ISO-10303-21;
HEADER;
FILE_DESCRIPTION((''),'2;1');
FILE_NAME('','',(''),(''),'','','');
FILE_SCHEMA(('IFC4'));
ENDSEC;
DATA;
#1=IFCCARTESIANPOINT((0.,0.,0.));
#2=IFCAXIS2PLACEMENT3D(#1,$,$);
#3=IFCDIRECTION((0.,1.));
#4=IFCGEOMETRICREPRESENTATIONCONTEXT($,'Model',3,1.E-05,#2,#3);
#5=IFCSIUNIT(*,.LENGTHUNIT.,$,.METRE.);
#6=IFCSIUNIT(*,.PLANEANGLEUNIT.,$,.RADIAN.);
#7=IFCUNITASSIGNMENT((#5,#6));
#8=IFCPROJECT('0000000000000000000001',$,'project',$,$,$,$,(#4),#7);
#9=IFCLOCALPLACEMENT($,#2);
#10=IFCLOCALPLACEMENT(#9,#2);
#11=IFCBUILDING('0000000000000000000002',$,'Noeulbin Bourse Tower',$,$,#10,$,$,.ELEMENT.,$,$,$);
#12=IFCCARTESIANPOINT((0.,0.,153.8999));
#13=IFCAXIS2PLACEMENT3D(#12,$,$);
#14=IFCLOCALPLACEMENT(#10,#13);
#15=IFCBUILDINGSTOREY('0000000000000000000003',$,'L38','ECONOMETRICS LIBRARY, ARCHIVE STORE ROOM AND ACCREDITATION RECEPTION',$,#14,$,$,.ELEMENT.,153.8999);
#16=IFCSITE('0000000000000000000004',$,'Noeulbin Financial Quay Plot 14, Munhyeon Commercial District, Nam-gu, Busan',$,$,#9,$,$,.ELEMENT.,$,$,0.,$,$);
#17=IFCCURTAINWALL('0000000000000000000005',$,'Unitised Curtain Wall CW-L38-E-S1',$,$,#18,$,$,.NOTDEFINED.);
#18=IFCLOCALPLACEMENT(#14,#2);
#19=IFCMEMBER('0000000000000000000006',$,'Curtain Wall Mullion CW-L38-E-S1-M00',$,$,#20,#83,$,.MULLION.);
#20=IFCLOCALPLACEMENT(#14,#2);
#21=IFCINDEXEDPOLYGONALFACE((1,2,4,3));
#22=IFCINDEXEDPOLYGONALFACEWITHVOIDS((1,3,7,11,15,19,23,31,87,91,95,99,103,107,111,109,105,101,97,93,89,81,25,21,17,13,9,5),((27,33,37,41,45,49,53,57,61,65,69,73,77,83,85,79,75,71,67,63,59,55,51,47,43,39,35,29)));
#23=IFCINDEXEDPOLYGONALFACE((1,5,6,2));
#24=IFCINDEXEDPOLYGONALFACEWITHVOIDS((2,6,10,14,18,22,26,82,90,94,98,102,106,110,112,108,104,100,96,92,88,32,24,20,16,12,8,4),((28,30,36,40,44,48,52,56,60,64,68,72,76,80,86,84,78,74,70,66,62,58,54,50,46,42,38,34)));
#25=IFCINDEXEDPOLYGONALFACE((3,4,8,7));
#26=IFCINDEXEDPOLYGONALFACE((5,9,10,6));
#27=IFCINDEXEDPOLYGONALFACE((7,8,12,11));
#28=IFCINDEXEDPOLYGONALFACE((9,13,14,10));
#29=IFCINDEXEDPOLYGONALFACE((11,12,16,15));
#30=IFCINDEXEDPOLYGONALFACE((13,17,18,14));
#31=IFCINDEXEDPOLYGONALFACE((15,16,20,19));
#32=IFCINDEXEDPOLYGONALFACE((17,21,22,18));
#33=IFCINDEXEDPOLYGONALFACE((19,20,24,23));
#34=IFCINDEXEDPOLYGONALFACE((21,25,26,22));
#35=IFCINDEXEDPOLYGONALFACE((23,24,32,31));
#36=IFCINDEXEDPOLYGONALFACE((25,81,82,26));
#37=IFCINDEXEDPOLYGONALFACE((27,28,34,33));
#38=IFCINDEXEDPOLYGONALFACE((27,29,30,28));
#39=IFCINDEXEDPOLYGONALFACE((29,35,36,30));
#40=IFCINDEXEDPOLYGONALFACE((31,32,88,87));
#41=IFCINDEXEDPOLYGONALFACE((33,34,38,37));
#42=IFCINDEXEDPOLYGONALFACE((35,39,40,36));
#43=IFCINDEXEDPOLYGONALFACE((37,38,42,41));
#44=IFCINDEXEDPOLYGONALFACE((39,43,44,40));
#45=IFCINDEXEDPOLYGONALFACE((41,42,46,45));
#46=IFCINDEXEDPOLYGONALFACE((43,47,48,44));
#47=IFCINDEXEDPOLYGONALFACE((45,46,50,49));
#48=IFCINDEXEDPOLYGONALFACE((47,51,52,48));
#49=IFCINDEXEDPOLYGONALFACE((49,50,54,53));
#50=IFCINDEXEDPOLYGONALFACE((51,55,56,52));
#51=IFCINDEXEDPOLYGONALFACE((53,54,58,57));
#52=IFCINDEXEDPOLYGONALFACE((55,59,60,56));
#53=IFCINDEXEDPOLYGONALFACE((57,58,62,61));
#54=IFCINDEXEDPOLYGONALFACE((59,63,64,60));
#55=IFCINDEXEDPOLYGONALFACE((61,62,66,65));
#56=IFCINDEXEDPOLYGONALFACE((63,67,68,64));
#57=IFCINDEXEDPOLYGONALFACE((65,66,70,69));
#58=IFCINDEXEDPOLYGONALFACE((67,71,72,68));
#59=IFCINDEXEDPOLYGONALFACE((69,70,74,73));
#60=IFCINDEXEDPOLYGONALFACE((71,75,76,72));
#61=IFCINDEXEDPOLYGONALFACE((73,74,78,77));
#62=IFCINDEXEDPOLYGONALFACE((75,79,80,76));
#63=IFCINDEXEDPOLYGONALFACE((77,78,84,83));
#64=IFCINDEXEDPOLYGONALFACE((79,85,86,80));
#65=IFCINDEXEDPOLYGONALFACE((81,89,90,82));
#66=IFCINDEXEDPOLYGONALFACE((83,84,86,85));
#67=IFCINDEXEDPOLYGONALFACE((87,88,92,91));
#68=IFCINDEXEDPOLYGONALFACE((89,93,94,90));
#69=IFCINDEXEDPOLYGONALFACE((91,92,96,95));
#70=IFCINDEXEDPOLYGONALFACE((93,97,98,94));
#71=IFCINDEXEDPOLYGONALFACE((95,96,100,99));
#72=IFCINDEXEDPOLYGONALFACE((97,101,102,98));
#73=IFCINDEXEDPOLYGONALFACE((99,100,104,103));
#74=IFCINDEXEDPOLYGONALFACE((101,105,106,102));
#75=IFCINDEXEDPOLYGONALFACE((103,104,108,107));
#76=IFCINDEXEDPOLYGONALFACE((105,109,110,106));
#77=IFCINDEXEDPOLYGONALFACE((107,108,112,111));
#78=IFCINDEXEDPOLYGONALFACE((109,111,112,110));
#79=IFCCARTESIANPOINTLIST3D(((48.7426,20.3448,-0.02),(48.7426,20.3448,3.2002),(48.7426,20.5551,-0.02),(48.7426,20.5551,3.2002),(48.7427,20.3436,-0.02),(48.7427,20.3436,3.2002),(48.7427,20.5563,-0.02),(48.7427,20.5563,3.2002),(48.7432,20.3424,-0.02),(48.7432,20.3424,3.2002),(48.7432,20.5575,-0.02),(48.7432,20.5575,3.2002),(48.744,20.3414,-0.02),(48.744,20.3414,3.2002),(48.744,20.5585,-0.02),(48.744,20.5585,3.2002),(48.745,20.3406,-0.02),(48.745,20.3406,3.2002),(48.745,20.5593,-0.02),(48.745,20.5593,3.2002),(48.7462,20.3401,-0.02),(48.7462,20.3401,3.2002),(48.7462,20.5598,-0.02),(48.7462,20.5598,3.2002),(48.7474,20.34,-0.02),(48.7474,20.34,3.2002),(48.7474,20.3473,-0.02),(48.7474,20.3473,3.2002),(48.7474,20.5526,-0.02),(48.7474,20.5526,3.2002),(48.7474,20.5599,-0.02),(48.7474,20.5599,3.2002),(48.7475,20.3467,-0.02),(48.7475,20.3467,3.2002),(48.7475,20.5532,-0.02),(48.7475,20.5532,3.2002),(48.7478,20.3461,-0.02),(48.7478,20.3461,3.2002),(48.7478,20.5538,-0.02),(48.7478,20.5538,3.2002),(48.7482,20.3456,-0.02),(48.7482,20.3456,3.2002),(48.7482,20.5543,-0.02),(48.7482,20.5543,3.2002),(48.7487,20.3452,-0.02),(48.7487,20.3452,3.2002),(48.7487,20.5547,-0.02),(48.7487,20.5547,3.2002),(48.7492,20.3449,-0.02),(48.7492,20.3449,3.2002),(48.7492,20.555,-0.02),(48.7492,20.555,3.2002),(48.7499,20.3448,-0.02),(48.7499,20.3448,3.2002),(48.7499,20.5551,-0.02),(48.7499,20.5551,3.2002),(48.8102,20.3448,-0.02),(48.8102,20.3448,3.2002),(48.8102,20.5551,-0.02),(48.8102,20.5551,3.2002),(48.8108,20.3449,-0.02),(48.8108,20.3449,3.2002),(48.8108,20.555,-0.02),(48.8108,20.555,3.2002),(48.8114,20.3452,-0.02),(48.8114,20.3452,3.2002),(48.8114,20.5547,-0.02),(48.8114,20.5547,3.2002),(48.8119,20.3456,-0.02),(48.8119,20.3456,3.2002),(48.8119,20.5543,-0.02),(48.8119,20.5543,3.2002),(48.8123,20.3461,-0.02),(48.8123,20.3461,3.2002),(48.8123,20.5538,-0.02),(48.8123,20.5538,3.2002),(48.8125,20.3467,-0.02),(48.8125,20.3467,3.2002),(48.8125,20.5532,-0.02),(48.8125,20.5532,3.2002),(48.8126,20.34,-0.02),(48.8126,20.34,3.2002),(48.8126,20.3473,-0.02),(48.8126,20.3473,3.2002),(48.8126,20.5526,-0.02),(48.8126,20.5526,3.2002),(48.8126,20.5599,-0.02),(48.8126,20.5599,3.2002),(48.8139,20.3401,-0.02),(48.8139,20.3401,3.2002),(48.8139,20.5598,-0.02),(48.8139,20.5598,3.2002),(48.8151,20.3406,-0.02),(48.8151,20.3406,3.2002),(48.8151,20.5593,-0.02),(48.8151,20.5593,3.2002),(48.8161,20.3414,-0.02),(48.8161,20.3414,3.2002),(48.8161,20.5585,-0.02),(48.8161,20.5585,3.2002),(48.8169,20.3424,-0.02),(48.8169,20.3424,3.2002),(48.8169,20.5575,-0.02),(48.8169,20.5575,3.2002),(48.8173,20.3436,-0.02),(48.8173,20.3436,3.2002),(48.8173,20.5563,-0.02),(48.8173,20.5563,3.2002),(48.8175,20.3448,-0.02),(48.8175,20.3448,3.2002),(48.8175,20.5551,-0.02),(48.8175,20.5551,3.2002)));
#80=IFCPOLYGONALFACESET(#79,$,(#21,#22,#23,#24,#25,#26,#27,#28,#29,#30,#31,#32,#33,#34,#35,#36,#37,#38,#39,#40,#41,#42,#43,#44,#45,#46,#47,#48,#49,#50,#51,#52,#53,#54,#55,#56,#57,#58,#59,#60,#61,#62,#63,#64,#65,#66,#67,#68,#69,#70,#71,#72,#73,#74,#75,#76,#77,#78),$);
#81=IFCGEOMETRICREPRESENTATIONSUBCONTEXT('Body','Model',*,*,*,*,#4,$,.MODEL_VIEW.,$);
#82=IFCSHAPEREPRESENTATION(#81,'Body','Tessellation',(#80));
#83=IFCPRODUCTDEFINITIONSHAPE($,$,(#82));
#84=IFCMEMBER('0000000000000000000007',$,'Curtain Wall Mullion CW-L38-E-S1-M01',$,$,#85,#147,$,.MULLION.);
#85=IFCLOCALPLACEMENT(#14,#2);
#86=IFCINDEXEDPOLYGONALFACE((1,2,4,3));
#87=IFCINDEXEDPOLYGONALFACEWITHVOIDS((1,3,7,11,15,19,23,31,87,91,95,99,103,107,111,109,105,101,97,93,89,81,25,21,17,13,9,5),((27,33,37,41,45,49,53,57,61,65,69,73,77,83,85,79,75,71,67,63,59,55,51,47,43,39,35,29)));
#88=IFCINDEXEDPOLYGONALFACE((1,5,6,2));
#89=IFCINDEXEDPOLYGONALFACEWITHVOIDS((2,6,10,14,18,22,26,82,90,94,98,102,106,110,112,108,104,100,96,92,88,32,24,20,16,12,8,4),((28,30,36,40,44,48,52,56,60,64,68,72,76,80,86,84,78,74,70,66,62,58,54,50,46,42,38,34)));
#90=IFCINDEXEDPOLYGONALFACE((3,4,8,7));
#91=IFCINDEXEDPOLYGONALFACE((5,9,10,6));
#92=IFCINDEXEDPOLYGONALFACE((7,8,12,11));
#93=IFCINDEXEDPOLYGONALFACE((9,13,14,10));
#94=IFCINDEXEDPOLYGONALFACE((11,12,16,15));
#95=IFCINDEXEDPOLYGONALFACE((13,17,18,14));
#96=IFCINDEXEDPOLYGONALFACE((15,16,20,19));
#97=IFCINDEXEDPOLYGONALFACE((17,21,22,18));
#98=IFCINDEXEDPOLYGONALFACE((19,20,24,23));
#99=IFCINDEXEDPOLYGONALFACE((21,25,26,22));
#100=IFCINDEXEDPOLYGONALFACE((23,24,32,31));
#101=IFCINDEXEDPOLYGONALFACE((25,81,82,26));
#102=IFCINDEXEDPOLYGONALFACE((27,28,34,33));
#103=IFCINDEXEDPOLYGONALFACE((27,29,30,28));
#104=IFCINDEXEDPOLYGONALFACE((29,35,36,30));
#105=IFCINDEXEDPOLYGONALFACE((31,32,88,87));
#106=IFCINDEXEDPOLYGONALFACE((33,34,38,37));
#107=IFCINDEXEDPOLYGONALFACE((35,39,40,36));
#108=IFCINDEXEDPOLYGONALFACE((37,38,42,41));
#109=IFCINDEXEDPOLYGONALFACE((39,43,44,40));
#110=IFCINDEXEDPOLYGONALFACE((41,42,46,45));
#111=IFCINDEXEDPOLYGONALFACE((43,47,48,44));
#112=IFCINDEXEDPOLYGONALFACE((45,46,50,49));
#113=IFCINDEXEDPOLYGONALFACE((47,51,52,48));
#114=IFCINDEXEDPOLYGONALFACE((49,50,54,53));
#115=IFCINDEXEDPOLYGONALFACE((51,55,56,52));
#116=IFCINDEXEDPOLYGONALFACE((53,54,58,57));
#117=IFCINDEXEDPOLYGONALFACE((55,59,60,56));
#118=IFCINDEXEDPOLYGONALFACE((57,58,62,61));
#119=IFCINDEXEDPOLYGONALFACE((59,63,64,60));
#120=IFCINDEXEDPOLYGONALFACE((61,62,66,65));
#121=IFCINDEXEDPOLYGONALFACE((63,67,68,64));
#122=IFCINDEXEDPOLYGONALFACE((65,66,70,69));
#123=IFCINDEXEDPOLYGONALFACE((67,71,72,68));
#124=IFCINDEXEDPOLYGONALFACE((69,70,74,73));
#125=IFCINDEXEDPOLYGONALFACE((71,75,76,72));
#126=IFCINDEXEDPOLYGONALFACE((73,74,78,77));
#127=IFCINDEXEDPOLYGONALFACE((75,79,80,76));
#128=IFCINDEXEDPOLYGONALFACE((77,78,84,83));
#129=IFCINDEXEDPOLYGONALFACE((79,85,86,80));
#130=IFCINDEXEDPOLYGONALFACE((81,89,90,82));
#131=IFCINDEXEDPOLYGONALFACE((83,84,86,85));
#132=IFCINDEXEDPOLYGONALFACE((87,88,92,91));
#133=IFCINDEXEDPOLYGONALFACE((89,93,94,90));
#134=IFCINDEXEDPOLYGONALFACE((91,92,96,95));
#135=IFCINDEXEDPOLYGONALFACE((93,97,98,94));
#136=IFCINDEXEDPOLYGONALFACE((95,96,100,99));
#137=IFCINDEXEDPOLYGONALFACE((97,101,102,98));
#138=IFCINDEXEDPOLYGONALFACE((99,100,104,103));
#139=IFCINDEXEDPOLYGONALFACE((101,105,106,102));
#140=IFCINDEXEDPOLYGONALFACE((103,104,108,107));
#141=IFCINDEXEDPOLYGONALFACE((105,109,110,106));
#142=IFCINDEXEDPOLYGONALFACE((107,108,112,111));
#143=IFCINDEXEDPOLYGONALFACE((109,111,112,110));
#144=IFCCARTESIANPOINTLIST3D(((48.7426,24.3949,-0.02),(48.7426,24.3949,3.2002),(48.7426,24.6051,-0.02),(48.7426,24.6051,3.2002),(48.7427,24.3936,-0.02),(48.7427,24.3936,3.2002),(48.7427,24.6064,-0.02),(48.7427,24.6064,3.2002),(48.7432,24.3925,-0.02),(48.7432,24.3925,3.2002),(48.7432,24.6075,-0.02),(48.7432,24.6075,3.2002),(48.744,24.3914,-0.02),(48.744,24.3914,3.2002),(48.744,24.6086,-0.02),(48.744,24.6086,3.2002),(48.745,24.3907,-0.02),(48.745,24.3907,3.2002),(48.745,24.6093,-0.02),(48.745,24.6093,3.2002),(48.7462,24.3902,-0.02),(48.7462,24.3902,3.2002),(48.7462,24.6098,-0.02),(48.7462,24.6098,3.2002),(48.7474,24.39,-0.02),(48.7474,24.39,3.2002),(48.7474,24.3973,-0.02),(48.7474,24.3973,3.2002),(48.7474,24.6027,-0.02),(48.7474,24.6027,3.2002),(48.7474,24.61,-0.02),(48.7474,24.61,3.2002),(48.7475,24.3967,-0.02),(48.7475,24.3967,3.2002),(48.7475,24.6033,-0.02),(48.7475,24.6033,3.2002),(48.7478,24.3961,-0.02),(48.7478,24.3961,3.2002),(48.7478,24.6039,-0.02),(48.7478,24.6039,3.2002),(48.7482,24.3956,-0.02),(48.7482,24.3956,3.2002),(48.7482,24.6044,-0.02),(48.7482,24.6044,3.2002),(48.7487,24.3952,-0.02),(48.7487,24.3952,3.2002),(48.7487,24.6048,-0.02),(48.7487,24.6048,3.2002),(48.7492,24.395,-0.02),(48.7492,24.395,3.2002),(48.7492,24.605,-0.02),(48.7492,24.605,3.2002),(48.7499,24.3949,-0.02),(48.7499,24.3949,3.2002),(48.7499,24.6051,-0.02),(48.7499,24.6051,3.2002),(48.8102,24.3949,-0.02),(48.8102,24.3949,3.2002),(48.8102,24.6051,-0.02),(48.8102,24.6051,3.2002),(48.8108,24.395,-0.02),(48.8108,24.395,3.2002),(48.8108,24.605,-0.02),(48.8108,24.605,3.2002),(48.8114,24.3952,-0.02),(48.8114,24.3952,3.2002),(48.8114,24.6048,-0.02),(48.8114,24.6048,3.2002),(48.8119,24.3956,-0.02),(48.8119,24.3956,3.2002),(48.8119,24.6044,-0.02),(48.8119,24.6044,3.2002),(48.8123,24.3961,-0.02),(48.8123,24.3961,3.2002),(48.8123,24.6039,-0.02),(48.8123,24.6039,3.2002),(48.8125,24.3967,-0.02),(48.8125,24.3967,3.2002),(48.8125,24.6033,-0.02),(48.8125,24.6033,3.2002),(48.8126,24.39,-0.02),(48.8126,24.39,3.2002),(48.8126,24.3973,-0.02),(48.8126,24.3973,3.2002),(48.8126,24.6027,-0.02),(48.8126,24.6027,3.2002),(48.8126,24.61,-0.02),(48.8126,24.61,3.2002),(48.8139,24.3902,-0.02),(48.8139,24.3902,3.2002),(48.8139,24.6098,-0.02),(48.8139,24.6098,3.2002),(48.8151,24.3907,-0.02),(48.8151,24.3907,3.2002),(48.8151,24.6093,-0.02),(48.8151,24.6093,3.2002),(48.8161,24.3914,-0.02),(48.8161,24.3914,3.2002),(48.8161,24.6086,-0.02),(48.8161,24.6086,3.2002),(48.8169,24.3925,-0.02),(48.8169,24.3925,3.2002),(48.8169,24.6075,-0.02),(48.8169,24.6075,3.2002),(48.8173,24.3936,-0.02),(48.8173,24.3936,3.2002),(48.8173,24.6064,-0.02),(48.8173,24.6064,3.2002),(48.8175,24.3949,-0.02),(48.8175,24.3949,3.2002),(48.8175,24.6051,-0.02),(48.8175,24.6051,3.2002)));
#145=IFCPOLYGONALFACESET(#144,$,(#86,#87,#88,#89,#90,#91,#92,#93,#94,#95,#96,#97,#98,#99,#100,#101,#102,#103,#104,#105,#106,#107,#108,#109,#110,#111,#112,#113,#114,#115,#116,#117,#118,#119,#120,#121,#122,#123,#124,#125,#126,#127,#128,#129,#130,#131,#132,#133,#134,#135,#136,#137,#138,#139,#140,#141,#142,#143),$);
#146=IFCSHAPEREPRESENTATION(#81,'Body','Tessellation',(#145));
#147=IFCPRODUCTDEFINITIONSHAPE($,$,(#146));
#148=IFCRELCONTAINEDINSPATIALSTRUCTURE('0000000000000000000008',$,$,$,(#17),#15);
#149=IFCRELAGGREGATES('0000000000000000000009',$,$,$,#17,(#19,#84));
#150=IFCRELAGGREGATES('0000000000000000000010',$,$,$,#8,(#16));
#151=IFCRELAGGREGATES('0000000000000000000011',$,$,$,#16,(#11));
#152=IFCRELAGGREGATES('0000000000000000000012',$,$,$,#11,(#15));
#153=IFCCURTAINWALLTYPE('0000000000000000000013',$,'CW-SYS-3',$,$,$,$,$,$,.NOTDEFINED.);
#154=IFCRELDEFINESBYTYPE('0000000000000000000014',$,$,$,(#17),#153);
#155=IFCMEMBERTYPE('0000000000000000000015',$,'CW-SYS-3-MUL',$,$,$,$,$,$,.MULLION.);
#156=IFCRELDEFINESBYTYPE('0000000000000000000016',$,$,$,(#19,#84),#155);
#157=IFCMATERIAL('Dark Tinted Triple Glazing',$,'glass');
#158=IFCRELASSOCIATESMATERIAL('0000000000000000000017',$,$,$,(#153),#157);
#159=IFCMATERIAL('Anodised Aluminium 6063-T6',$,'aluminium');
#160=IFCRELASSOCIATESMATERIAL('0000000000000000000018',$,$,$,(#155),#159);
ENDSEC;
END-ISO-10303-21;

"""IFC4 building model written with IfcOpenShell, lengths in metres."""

from ifc_helpers import new_model, si_unit, direction, frame, origin, origin_2d, place, context, subcontext, project, spatial, hollow_rectangle, extrude, material, material_profile, profile_set, type_object, element, aggregate, save


model = new_model("IFC4")

# Units and contexts
model_context = context("Model", 3, precision=1e-05, world=origin(), true_north=direction((0.0, 1.0)))
body_context = subcontext(model_context, "Body", "Model", "MODEL_VIEW")
ifc_project = project(units=[si_unit("LENGTHUNIT", "METRE"), si_unit("PLANEANGLEUNIT", "RADIAN")], contexts=[model_context])

# Site, building, storey
site_placement = place(None, origin())
site = spatial("IfcSite", under=ifc_project, at=site_placement, Name="Noeulbin Financial Quay Plot 14, Munhyeon Commercial District, Nam-gu, Busan", CompositionType="ELEMENT", RefElevation=0.0)
building_placement = place(site_placement, origin())
building = spatial("IfcBuilding", under=site, at=building_placement, Name="Noeulbin Bourse Tower", CompositionType="ELEMENT")
storey_placement = place(building_placement, frame((0.0, 0.0, 153.8999)))
storey = spatial("IfcBuildingStorey", under=building, at=storey_placement, Name="L38", Description="ECONOMETRICS LIBRARY, ARCHIVE STORE ROOM AND ACCREDITATION RECEPTION", CompositionType="ELEMENT", Elevation=153.8999)

# Curtain wall, members
ifc_material_1 = material(Name="Dark Tinted Triple Glazing", Category="glass")
curtain_wall_type = type_object("IfcCurtainWallType", Name="CW-SYS-3", PredefinedType="NOTDEFINED", material=ifc_material_1)
curtain_wall_placement = place(storey_placement, origin())
curtain_wall = element("IfcCurtainWall", 1, at=curtain_wall_placement, inside=storey, type_object=curtain_wall_type, Name="Unitised Curtain Wall CW-L38-E-S1", PredefinedType="NOTDEFINED")
ifc_material_2 = material(Name="Anodised Aluminium 6063-T6", Category="aluminium")
ifc_material_profile_1 = material_profile(ifc_material_2, hollow_rectangle(XDim=0.075, YDim=0.22, WallThickness=0.0049, InnerFilletRadius=0.0024, OuterFilletRadius=0.0049, at=origin_2d()), Name="ALU-MULL-75x220x5", Category="LoadBearing")
ifc_profile_set_1 = profile_set([ifc_material_profile_1], Name="Anodised Aluminium 6063-T6")
member_type_1 = type_object("IfcMemberType", Name="CW-SYS-3-MUL", PredefinedType="MULLION", material=ifc_profile_set_1)
member_1_placement = place(storey_placement, frame((48.78, 20.45, -0.02), z_axis=(0.0, 0.0, 1.0), x_axis=(1.0, 0.0, 0.0)))
member_1 = element("IfcMember", 2, at=member_1_placement, type_object=member_type_1, Name="Curtain Wall Mullion CW-L38-E-S1-M00", PredefinedType="MULLION", context=body_context, shape_type="SweptSolid", body=[
    extrude(hollow_rectangle(XDim=0.075, YDim=0.22, WallThickness=0.0049, InnerFilletRadius=0.0024, OuterFilletRadius=0.0049, at=origin_2d()), origin(), (0.0, 0.0, 1.0), 3.2202),
])
member_2_placement = place(storey_placement, frame((48.78, 24.5, -0.02), z_axis=(0.0, 0.0, 1.0), x_axis=(1.0, 0.0, 0.0)))
member_2 = element("IfcMember", 3, at=member_2_placement, type_object=member_type_1, Name="Curtain Wall Mullion CW-L38-E-S1-M01", PredefinedType="MULLION", context=body_context, shape_type="SweptSolid", body=[
    extrude(hollow_rectangle(XDim=0.075, YDim=0.22, WallThickness=0.0049, InnerFilletRadius=0.0024, OuterFilletRadius=0.0049, at=origin_2d()), origin(), (0.0, 0.0, 1.0), 3.2202),
])
aggregate(curtain_wall, [member_1, member_2])

save(model, "model.ifc")
